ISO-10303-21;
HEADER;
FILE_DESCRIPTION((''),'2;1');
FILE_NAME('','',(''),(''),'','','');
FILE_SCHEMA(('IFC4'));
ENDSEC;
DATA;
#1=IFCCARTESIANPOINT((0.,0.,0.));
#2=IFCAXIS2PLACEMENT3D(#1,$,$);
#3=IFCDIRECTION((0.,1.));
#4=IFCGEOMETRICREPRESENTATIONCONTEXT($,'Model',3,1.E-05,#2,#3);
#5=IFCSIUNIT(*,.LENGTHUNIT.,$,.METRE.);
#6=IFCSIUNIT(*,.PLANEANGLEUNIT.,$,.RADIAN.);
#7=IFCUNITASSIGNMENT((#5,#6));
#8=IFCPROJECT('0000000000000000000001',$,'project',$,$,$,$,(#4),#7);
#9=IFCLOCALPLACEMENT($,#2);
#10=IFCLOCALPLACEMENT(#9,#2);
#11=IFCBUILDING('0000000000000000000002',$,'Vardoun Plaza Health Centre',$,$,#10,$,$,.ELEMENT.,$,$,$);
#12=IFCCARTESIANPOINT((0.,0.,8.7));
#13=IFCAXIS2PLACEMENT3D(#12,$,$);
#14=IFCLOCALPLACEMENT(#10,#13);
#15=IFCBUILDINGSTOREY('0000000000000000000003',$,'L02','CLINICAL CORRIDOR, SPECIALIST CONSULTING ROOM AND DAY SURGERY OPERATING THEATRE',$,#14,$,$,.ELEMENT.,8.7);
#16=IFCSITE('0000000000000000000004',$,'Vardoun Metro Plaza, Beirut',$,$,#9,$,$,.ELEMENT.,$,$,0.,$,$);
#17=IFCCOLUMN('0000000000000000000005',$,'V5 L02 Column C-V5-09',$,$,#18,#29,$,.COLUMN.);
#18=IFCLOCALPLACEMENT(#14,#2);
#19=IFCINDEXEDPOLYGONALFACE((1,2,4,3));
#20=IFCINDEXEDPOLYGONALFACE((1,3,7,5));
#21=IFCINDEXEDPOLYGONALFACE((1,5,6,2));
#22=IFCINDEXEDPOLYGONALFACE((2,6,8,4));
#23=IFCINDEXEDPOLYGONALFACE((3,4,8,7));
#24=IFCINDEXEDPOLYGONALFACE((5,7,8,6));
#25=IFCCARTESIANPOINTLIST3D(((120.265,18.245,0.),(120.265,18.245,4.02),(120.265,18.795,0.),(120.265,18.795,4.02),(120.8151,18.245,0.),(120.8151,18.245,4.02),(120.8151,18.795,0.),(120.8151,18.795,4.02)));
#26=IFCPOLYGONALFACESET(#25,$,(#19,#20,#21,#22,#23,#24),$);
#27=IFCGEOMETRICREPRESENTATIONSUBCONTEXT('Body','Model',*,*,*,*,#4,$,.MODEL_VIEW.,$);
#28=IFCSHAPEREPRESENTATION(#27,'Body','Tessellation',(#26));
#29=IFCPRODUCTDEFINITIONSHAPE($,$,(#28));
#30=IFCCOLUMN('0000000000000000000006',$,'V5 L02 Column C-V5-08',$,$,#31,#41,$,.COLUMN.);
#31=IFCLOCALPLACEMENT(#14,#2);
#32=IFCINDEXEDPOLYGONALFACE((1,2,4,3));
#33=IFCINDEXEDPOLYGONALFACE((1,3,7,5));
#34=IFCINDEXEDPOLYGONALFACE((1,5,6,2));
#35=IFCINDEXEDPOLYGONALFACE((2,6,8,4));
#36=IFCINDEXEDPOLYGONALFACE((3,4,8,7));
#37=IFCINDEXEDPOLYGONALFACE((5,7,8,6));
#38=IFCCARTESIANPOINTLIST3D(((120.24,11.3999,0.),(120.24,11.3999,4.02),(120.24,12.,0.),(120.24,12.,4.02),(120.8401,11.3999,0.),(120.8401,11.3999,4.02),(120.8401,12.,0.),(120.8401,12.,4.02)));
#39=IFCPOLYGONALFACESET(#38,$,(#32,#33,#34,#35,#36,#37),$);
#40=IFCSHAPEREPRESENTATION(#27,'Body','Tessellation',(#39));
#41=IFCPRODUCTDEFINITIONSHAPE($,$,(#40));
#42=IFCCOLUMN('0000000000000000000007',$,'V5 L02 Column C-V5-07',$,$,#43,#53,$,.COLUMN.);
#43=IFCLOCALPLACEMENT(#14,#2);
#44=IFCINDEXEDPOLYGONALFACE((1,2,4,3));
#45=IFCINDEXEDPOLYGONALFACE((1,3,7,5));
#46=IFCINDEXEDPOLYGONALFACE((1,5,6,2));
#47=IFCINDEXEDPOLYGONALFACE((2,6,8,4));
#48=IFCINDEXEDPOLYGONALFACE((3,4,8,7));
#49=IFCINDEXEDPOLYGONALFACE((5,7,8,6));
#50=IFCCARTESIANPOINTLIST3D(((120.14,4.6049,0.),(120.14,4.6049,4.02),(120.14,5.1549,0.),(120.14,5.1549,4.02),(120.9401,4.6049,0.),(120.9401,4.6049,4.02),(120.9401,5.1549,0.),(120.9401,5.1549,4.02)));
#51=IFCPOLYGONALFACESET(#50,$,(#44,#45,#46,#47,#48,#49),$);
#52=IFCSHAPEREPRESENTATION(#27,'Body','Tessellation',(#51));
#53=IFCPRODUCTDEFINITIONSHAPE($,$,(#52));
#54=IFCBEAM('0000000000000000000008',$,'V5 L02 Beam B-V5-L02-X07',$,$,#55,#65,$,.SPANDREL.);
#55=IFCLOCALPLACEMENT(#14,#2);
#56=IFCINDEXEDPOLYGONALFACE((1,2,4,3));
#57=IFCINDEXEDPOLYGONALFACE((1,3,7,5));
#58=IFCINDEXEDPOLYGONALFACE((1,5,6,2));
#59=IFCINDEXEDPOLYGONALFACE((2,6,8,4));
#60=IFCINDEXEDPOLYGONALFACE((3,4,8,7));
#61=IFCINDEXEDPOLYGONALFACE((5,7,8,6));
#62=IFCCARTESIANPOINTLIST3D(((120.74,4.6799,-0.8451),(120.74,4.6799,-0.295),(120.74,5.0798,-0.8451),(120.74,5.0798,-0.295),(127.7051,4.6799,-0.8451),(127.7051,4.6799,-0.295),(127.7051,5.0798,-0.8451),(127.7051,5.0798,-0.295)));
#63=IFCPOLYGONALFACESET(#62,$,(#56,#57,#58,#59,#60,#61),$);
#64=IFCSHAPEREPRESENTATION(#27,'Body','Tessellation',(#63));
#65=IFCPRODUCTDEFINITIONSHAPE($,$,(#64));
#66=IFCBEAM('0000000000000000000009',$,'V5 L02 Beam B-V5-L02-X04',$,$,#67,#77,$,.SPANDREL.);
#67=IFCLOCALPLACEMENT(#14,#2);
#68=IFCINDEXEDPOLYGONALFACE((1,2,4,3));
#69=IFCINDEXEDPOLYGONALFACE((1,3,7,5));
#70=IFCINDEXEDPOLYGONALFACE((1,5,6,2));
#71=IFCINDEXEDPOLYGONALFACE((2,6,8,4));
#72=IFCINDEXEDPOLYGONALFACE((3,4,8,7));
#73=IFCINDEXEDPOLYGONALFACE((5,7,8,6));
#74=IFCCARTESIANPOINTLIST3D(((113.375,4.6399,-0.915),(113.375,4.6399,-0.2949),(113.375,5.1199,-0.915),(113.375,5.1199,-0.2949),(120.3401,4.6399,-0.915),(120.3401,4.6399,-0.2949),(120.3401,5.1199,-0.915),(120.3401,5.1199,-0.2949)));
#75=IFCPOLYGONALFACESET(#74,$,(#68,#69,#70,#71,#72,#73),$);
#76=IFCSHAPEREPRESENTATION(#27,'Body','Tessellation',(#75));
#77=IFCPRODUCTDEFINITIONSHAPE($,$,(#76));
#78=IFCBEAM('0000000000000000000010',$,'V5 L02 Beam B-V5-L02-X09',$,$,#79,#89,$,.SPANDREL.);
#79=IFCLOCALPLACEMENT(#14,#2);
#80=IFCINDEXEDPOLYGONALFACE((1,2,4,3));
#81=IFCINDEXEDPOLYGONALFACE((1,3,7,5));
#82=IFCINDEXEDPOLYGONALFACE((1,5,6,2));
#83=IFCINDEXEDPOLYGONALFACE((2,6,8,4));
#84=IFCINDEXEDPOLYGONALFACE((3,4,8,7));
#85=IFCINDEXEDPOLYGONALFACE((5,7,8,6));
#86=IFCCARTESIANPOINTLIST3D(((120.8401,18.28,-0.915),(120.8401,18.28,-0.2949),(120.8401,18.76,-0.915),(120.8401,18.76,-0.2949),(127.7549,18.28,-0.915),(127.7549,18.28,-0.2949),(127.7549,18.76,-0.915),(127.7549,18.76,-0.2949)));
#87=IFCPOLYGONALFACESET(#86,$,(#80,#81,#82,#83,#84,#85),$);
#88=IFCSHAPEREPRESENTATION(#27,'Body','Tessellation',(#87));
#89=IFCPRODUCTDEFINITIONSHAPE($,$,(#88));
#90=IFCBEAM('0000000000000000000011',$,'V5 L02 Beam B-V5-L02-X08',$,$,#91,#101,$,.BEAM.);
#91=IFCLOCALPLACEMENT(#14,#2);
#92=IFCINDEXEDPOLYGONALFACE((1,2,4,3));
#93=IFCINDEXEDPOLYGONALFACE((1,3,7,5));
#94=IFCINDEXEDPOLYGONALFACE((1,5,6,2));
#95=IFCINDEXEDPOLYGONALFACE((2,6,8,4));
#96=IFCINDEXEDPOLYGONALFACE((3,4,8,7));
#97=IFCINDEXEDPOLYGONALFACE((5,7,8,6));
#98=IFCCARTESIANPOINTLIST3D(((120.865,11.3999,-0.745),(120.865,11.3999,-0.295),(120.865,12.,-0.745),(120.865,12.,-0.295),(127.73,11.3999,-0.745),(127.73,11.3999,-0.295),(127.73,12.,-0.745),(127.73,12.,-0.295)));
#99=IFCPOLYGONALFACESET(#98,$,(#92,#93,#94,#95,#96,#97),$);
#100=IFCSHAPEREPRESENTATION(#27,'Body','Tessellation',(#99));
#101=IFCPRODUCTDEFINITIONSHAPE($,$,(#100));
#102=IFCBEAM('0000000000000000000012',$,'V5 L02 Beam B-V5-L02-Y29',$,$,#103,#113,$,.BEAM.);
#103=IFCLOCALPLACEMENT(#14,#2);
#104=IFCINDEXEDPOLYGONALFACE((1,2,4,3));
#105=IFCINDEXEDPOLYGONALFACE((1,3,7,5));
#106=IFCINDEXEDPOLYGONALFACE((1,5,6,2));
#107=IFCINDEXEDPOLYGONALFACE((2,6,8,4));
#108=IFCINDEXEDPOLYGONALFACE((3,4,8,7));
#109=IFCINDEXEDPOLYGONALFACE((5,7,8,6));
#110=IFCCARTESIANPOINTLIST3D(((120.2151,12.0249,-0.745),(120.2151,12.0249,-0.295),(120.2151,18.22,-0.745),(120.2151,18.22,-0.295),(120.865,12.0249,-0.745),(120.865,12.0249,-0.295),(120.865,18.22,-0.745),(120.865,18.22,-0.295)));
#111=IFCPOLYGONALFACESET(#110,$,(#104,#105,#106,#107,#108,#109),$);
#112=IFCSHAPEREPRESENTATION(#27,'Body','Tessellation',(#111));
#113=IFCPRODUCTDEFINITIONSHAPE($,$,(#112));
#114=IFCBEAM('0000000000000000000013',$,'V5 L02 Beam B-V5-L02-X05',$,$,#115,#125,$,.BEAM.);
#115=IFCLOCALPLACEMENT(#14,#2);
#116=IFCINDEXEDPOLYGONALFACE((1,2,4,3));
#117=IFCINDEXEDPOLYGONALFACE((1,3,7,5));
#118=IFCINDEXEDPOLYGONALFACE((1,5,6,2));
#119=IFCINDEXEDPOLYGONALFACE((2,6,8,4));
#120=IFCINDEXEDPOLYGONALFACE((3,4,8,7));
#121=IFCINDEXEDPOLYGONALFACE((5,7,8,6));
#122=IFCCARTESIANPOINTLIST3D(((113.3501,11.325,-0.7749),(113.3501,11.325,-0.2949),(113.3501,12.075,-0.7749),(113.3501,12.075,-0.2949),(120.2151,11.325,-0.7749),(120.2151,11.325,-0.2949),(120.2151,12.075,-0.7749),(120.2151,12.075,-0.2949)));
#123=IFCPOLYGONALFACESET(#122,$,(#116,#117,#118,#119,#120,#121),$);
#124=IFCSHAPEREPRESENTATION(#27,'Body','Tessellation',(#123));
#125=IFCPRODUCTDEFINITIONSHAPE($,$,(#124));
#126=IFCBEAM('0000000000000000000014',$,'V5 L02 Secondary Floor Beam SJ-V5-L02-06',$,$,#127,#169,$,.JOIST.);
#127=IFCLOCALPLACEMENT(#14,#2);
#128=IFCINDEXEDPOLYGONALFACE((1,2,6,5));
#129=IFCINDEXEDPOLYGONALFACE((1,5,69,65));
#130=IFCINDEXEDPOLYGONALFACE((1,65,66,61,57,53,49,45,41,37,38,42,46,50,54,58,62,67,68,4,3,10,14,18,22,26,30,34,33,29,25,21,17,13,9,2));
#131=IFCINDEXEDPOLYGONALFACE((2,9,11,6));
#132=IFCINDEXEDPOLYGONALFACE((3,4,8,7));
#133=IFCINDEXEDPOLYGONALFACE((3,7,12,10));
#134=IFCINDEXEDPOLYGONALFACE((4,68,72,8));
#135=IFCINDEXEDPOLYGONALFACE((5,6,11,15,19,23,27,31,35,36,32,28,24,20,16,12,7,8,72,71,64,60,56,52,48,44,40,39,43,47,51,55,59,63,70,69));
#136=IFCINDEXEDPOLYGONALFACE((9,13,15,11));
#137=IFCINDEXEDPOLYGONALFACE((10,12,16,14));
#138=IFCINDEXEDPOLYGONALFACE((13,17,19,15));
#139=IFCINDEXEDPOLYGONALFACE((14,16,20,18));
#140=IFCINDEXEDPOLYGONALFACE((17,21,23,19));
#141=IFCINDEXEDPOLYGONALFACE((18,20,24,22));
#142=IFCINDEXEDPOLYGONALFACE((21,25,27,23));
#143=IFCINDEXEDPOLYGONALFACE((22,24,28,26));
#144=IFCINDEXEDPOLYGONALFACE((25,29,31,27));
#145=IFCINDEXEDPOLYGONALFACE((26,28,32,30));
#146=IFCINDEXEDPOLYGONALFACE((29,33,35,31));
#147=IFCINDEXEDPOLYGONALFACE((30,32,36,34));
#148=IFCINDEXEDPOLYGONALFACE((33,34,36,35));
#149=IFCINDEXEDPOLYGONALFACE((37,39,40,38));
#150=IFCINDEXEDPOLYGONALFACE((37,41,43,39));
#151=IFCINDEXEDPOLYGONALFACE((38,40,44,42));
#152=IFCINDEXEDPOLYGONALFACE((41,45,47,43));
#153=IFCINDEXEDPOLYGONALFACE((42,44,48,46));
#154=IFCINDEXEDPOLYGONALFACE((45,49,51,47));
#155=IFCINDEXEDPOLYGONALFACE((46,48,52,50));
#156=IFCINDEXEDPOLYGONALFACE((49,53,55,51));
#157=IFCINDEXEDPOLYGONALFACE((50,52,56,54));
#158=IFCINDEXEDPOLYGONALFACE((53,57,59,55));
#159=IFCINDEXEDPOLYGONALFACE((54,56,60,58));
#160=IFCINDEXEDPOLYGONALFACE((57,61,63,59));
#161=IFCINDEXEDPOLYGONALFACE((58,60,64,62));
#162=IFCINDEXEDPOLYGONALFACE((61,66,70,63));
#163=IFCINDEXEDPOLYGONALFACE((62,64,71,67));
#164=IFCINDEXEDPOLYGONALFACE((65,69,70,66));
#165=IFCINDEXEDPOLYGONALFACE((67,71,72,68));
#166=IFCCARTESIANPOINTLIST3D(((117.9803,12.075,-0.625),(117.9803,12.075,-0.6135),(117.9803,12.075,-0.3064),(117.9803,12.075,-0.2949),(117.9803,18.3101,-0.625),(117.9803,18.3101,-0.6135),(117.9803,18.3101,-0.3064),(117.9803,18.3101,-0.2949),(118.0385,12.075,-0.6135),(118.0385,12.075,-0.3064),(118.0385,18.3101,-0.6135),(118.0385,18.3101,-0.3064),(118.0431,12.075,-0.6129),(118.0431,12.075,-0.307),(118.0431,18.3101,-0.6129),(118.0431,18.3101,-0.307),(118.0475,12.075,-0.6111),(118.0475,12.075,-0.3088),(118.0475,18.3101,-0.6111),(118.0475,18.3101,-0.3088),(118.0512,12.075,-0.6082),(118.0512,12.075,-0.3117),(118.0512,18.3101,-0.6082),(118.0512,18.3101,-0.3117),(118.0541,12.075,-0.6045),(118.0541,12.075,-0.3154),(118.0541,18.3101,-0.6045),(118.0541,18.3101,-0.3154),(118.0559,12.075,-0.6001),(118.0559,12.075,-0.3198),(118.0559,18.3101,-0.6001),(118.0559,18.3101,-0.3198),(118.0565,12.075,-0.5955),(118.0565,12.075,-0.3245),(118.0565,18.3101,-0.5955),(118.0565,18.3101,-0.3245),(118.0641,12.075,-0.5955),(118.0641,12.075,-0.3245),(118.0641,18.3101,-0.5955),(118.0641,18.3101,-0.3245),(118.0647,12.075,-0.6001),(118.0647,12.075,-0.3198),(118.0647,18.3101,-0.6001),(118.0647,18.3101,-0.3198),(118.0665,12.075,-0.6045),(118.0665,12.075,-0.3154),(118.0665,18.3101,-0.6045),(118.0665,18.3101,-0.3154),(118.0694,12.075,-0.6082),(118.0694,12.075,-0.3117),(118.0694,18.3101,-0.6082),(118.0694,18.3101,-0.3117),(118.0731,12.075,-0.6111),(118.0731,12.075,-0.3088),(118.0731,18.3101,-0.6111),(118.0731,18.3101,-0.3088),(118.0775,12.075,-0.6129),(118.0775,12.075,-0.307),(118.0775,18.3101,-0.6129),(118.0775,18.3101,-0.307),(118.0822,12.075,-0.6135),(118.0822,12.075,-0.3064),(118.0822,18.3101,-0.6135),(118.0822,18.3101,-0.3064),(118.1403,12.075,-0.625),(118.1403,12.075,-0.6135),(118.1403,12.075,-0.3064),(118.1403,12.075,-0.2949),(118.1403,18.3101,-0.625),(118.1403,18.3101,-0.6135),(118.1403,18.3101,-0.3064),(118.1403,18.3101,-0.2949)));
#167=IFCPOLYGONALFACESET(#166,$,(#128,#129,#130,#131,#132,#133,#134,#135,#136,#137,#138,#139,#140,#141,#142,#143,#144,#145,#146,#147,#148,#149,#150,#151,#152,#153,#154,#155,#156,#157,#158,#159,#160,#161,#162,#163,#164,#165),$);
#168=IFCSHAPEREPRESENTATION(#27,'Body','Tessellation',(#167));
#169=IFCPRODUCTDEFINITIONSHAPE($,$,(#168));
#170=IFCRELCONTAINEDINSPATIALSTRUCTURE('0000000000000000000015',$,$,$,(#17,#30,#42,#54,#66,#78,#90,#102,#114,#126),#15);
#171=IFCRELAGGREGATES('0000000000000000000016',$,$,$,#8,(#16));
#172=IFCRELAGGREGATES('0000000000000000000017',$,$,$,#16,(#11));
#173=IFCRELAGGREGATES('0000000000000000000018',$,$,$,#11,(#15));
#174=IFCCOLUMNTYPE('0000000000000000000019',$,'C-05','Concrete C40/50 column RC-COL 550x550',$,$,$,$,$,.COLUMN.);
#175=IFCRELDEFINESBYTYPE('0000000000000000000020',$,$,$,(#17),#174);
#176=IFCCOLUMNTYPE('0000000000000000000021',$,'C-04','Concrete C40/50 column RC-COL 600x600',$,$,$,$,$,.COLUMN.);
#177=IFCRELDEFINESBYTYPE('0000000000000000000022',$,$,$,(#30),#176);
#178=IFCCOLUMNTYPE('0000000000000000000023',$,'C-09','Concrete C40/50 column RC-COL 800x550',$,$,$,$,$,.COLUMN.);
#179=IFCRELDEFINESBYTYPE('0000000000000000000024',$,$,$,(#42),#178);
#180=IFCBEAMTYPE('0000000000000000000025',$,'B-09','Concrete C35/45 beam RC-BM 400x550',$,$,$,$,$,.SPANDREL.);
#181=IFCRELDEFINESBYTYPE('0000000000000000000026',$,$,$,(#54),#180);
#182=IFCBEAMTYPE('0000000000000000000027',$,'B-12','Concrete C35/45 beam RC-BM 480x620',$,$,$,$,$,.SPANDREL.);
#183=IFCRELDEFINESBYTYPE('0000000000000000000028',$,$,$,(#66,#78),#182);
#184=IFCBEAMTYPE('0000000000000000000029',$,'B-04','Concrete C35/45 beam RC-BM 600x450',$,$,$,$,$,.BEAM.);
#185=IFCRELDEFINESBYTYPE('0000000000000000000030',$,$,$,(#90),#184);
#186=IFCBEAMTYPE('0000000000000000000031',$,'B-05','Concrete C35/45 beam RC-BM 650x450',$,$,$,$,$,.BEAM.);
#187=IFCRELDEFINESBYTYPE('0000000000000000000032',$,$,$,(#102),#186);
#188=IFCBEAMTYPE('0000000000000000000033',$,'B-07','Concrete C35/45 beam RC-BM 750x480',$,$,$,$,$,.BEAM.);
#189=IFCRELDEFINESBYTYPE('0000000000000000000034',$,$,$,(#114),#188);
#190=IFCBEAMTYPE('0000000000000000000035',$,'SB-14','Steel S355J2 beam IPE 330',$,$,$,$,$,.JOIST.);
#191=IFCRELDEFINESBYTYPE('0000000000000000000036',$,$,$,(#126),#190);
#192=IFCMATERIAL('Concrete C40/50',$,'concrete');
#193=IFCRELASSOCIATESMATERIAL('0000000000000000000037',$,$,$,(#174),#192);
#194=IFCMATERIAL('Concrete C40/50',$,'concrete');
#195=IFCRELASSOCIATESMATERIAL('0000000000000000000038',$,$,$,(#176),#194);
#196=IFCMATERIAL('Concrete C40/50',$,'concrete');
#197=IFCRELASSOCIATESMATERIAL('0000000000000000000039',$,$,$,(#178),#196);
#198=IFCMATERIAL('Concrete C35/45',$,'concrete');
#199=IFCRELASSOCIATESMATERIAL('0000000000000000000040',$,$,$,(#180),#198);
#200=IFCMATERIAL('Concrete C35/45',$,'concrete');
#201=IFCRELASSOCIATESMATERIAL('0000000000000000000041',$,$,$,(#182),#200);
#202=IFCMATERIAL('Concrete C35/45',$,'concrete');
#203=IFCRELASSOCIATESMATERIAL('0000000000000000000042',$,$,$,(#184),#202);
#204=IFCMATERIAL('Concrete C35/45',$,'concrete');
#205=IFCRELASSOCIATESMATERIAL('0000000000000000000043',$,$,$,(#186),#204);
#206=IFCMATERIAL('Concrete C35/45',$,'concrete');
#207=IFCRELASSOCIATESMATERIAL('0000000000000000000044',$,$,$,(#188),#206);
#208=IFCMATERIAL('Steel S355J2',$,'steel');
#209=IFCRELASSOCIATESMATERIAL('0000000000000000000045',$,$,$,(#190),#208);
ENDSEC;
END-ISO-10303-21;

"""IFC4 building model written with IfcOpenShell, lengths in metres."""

from ifc_helpers import new_model, si_unit, direction, frame, origin, origin_2d, place, context, subcontext, project, spatial, rectangle, i_section, extrude, material, material_profile, profile_set, type_object, element, save


model = new_model("IFC4")

# Units and contexts
model_context = context("Model", 3, precision=1e-05, world=origin(), true_north=direction((0.0, 1.0)))
body_context = subcontext(model_context, "Body", "Model", "MODEL_VIEW")
ifc_project = project(units=[si_unit("LENGTHUNIT", "METRE"), si_unit("PLANEANGLEUNIT", "RADIAN")], contexts=[model_context])

# Site, building, storey
site_placement = place(None, origin())
site = spatial("IfcSite", under=ifc_project, at=site_placement, Name="Vardoun Metro Plaza, Beirut", CompositionType="ELEMENT", RefElevation=0.0)
building_placement = place(site_placement, origin())
building = spatial("IfcBuilding", under=site, at=building_placement, Name="Vardoun Plaza Health Centre", CompositionType="ELEMENT")
storey_placement = place(building_placement, frame((0.0, 0.0, 8.7)))
storey = spatial("IfcBuildingStorey", under=building, at=storey_placement, Name="L02", Description="CLINICAL CORRIDOR, SPECIALIST CONSULTING ROOM AND DAY SURGERY OPERATING THEATRE", CompositionType="ELEMENT", Elevation=8.7)

# Columns
ifc_material_1 = material(Name="Concrete C40/50", Category="concrete")
ifc_material_profile_1 = material_profile(ifc_material_1, rectangle(XDim=0.55, YDim=0.55, at=origin_2d()), Name="RC-COL 550x550")
ifc_profile_set_1 = profile_set([ifc_material_profile_1], Name="Concrete C40/50")
column_type_1 = type_object("IfcColumnType", Name="C-05", Description="Concrete C40/50 column RC-COL 550x550", PredefinedType="COLUMN", material=ifc_profile_set_1)
column_1_placement = place(storey_placement, frame((120.54, 18.52, 0.0), z_axis=(0.0, 0.0, 1.0), x_axis=(1.0, 0.0, 0.0)))
element("IfcColumn", 1, at=column_1_placement, inside=storey, type_object=column_type_1, Name="V5 L02 Column C-V5-09", PredefinedType="COLUMN", context=body_context, shape_type="SweptSolid", body=[
    extrude(rectangle(XDim=0.55, YDim=0.55, at=origin_2d()), origin(), (0.0, 0.0, 1.0), 4.02),
])
ifc_material_2 = material(Name="Concrete C40/50", Category="concrete")
ifc_material_profile_2 = material_profile(ifc_material_2, rectangle(XDim=0.6001, YDim=0.6001, at=origin_2d()), Name="RC-COL 600x600")
ifc_profile_set_2 = profile_set([ifc_material_profile_2], Name="Concrete C40/50")
column_type_2 = type_object("IfcColumnType", Name="C-04", Description="Concrete C40/50 column RC-COL 600x600", PredefinedType="COLUMN", material=ifc_profile_set_2)
column_2_placement = place(storey_placement, frame((120.54, 11.7, 0.0), z_axis=(0.0, 0.0, 1.0), x_axis=(1.0, 0.0, 0.0)))
element("IfcColumn", 2, at=column_2_placement, inside=storey, type_object=column_type_2, Name="V5 L02 Column C-V5-08", PredefinedType="COLUMN", context=body_context, shape_type="SweptSolid", body=[
    extrude(rectangle(XDim=0.6001, YDim=0.6001, at=origin_2d()), origin(), (0.0, 0.0, 1.0), 4.02),
])
ifc_material_3 = material(Name="Concrete C40/50", Category="concrete")
ifc_material_profile_3 = material_profile(ifc_material_3, rectangle(XDim=0.8, YDim=0.55, at=origin_2d()), Name="RC-COL 800x550")
ifc_profile_set_3 = profile_set([ifc_material_profile_3], Name="Concrete C40/50")
column_type_3 = type_object("IfcColumnType", Name="C-09", Description="Concrete C40/50 column RC-COL 800x550", PredefinedType="COLUMN", material=ifc_profile_set_3)
column_3_placement = place(storey_placement, frame((120.54, 4.8799, 0.0), z_axis=(0.0, 0.0, 1.0), x_axis=(1.0, 0.0, 0.0)))
element("IfcColumn", 3, at=column_3_placement, inside=storey, type_object=column_type_3, Name="V5 L02 Column C-V5-07", PredefinedType="COLUMN", context=body_context, shape_type="SweptSolid", body=[
    extrude(rectangle(XDim=0.8, YDim=0.55, at=origin_2d()), origin(), (0.0, 0.0, 1.0), 4.02),
])

# Beams
ifc_material_4 = material(Name="Concrete C35/45", Category="concrete")
ifc_material_profile_4 = material_profile(ifc_material_4, rectangle(XDim=0.3999, YDim=0.55, at=origin_2d()), Name="RC-BM 400x550")
ifc_profile_set_4 = profile_set([ifc_material_profile_4], Name="Concrete C35/45")
beam_type_1 = type_object("IfcBeamType", Name="B-09", Description="Concrete C35/45 beam RC-BM 400x550", PredefinedType="SPANDREL", material=ifc_profile_set_4)
beam_1_placement = place(storey_placement, frame((120.74, 4.8799, -0.5701), z_axis=(1.0, 0.0, 0.0), x_axis=(0.0, 1.0, 0.0)))
element("IfcBeam", 4, at=beam_1_placement, inside=storey, type_object=beam_type_1, Name="V5 L02 Beam B-V5-L02-X07", PredefinedType="SPANDREL", context=body_context, shape_type="SweptSolid", body=[
    extrude(rectangle(XDim=0.3999, YDim=0.55, at=origin_2d()), origin(), (0.0, 0.0, 1.0), 6.9651),
])
ifc_material_5 = material(Name="Concrete C35/45", Category="concrete")
ifc_material_profile_5 = material_profile(ifc_material_5, rectangle(XDim=0.48, YDim=0.6201, at=origin_2d()), Name="RC-BM 480x620")
ifc_profile_set_5 = profile_set([ifc_material_profile_5], Name="Concrete C35/45")
beam_type_2 = type_object("IfcBeamType", Name="B-12", Description="Concrete C35/45 beam RC-BM 480x620", PredefinedType="SPANDREL", material=ifc_profile_set_5)
beam_2_placement = place(storey_placement, frame((113.375, 4.8799, -0.605), z_axis=(1.0, 0.0, 0.0), x_axis=(0.0, 1.0, 0.0)))
element("IfcBeam", 5, at=beam_2_placement, inside=storey, type_object=beam_type_2, Name="V5 L02 Beam B-V5-L02-X04", PredefinedType="SPANDREL", context=body_context, shape_type="SweptSolid", body=[
    extrude(rectangle(XDim=0.48, YDim=0.6201, at=origin_2d()), origin(), (0.0, 0.0, 1.0), 6.9651),
])
beam_3_placement = place(storey_placement, frame((120.8401, 18.52, -0.605), z_axis=(1.0, 0.0, 0.0), x_axis=(0.0, 1.0, 0.0)))
element("IfcBeam", 6, at=beam_3_placement, inside=storey, type_object=beam_type_2, Name="V5 L02 Beam B-V5-L02-X09", PredefinedType="SPANDREL", context=body_context, shape_type="SweptSolid", body=[
    extrude(rectangle(XDim=0.48, YDim=0.6201, at=origin_2d()), origin(), (0.0, 0.0, 1.0), 6.9148),
])
ifc_material_6 = material(Name="Concrete C35/45", Category="concrete")
ifc_material_profile_6 = material_profile(ifc_material_6, rectangle(XDim=0.6001, YDim=0.45, at=origin_2d()), Name="RC-BM 600x450")
ifc_profile_set_6 = profile_set([ifc_material_profile_6], Name="Concrete C35/45")
beam_type_3 = type_object("IfcBeamType", Name="B-04", Description="Concrete C35/45 beam RC-BM 600x450", PredefinedType="BEAM", material=ifc_profile_set_6)
beam_4_placement = place(storey_placement, frame((120.865, 11.7, -0.52), z_axis=(1.0, 0.0, 0.0), x_axis=(0.0, 1.0, 0.0)))
element("IfcBeam", 7, at=beam_4_placement, inside=storey, type_object=beam_type_3, Name="V5 L02 Beam B-V5-L02-X08", PredefinedType="BEAM", context=body_context, shape_type="SweptSolid", body=[
    extrude(rectangle(XDim=0.6001, YDim=0.45, at=origin_2d()), origin(), (0.0, 0.0, 1.0), 6.865),
])
ifc_material_7 = material(Name="Concrete C35/45", Category="concrete")
ifc_material_profile_7 = material_profile(ifc_material_7, rectangle(XDim=0.6499, YDim=0.45, at=origin_2d()), Name="RC-BM 650x450")
ifc_profile_set_7 = profile_set([ifc_material_profile_7], Name="Concrete C35/45")
beam_type_4 = type_object("IfcBeamType", Name="B-05", Description="Concrete C35/45 beam RC-BM 650x450", PredefinedType="BEAM", material=ifc_profile_set_7)
beam_5_placement = place(storey_placement, frame((120.54, 12.0249, -0.52), z_axis=(0.0, 1.0, 0.0), x_axis=(-1.0, 0.0, 0.0)))
element("IfcBeam", 8, at=beam_5_placement, inside=storey, type_object=beam_type_4, Name="V5 L02 Beam B-V5-L02-Y29", PredefinedType="BEAM", context=body_context, shape_type="SweptSolid", body=[
    extrude(rectangle(XDim=0.6499, YDim=0.45, at=origin_2d()), origin(), (0.0, 0.0, 1.0), 6.1951),
])
ifc_material_8 = material(Name="Concrete C35/45", Category="concrete")
ifc_material_profile_8 = material_profile(ifc_material_8, rectangle(XDim=0.75, YDim=0.48, at=origin_2d()), Name="RC-BM 750x480")
ifc_profile_set_8 = profile_set([ifc_material_profile_8], Name="Concrete C35/45")
beam_type_5 = type_object("IfcBeamType", Name="B-07", Description="Concrete C35/45 beam RC-BM 750x480", PredefinedType="BEAM", material=ifc_profile_set_8)
beam_6_placement = place(storey_placement, frame((113.3501, 11.7, -0.5349), z_axis=(1.0, 0.0, 0.0), x_axis=(0.0, 1.0, 0.0)))
element("IfcBeam", 9, at=beam_6_placement, inside=storey, type_object=beam_type_5, Name="V5 L02 Beam B-V5-L02-X05", PredefinedType="BEAM", context=body_context, shape_type="SweptSolid", body=[
    extrude(rectangle(XDim=0.75, YDim=0.48, at=origin_2d()), origin(), (0.0, 0.0, 1.0), 6.865),
])
ifc_material_9 = material(Name="Steel S355J2", Category="steel")
ifc_material_profile_9 = material_profile(ifc_material_9, i_section(OverallWidth=0.1599, OverallDepth=0.3301, WebThickness=0.0076, FlangeThickness=0.0115, FilletRadius=0.0181, at=origin_2d()), Name="IPE 330")
ifc_profile_set_9 = profile_set([ifc_material_profile_9], Name="Steel S355J2")
beam_type_6 = type_object("IfcBeamType", Name="SB-14", Description="Steel S355J2 beam IPE 330", PredefinedType="JOIST", material=ifc_profile_set_9)
beam_7_placement = place(storey_placement, frame((118.0603, 12.075, -0.46), z_axis=(0.0, 1.0, 0.0), x_axis=(-1.0, 0.0, 0.0)))
element("IfcBeam", 10, at=beam_7_placement, inside=storey, type_object=beam_type_6, Name="V5 L02 Secondary Floor Beam SJ-V5-L02-06", PredefinedType="JOIST", context=body_context, shape_type="SweptSolid", body=[
    extrude(i_section(OverallWidth=0.1599, OverallDepth=0.3301, WebThickness=0.0076, FlangeThickness=0.0115, FilletRadius=0.0181, at=origin_2d()), origin(), (0.0, 0.0, 1.0), 6.2351),
])

save(model, "model.ifc")
